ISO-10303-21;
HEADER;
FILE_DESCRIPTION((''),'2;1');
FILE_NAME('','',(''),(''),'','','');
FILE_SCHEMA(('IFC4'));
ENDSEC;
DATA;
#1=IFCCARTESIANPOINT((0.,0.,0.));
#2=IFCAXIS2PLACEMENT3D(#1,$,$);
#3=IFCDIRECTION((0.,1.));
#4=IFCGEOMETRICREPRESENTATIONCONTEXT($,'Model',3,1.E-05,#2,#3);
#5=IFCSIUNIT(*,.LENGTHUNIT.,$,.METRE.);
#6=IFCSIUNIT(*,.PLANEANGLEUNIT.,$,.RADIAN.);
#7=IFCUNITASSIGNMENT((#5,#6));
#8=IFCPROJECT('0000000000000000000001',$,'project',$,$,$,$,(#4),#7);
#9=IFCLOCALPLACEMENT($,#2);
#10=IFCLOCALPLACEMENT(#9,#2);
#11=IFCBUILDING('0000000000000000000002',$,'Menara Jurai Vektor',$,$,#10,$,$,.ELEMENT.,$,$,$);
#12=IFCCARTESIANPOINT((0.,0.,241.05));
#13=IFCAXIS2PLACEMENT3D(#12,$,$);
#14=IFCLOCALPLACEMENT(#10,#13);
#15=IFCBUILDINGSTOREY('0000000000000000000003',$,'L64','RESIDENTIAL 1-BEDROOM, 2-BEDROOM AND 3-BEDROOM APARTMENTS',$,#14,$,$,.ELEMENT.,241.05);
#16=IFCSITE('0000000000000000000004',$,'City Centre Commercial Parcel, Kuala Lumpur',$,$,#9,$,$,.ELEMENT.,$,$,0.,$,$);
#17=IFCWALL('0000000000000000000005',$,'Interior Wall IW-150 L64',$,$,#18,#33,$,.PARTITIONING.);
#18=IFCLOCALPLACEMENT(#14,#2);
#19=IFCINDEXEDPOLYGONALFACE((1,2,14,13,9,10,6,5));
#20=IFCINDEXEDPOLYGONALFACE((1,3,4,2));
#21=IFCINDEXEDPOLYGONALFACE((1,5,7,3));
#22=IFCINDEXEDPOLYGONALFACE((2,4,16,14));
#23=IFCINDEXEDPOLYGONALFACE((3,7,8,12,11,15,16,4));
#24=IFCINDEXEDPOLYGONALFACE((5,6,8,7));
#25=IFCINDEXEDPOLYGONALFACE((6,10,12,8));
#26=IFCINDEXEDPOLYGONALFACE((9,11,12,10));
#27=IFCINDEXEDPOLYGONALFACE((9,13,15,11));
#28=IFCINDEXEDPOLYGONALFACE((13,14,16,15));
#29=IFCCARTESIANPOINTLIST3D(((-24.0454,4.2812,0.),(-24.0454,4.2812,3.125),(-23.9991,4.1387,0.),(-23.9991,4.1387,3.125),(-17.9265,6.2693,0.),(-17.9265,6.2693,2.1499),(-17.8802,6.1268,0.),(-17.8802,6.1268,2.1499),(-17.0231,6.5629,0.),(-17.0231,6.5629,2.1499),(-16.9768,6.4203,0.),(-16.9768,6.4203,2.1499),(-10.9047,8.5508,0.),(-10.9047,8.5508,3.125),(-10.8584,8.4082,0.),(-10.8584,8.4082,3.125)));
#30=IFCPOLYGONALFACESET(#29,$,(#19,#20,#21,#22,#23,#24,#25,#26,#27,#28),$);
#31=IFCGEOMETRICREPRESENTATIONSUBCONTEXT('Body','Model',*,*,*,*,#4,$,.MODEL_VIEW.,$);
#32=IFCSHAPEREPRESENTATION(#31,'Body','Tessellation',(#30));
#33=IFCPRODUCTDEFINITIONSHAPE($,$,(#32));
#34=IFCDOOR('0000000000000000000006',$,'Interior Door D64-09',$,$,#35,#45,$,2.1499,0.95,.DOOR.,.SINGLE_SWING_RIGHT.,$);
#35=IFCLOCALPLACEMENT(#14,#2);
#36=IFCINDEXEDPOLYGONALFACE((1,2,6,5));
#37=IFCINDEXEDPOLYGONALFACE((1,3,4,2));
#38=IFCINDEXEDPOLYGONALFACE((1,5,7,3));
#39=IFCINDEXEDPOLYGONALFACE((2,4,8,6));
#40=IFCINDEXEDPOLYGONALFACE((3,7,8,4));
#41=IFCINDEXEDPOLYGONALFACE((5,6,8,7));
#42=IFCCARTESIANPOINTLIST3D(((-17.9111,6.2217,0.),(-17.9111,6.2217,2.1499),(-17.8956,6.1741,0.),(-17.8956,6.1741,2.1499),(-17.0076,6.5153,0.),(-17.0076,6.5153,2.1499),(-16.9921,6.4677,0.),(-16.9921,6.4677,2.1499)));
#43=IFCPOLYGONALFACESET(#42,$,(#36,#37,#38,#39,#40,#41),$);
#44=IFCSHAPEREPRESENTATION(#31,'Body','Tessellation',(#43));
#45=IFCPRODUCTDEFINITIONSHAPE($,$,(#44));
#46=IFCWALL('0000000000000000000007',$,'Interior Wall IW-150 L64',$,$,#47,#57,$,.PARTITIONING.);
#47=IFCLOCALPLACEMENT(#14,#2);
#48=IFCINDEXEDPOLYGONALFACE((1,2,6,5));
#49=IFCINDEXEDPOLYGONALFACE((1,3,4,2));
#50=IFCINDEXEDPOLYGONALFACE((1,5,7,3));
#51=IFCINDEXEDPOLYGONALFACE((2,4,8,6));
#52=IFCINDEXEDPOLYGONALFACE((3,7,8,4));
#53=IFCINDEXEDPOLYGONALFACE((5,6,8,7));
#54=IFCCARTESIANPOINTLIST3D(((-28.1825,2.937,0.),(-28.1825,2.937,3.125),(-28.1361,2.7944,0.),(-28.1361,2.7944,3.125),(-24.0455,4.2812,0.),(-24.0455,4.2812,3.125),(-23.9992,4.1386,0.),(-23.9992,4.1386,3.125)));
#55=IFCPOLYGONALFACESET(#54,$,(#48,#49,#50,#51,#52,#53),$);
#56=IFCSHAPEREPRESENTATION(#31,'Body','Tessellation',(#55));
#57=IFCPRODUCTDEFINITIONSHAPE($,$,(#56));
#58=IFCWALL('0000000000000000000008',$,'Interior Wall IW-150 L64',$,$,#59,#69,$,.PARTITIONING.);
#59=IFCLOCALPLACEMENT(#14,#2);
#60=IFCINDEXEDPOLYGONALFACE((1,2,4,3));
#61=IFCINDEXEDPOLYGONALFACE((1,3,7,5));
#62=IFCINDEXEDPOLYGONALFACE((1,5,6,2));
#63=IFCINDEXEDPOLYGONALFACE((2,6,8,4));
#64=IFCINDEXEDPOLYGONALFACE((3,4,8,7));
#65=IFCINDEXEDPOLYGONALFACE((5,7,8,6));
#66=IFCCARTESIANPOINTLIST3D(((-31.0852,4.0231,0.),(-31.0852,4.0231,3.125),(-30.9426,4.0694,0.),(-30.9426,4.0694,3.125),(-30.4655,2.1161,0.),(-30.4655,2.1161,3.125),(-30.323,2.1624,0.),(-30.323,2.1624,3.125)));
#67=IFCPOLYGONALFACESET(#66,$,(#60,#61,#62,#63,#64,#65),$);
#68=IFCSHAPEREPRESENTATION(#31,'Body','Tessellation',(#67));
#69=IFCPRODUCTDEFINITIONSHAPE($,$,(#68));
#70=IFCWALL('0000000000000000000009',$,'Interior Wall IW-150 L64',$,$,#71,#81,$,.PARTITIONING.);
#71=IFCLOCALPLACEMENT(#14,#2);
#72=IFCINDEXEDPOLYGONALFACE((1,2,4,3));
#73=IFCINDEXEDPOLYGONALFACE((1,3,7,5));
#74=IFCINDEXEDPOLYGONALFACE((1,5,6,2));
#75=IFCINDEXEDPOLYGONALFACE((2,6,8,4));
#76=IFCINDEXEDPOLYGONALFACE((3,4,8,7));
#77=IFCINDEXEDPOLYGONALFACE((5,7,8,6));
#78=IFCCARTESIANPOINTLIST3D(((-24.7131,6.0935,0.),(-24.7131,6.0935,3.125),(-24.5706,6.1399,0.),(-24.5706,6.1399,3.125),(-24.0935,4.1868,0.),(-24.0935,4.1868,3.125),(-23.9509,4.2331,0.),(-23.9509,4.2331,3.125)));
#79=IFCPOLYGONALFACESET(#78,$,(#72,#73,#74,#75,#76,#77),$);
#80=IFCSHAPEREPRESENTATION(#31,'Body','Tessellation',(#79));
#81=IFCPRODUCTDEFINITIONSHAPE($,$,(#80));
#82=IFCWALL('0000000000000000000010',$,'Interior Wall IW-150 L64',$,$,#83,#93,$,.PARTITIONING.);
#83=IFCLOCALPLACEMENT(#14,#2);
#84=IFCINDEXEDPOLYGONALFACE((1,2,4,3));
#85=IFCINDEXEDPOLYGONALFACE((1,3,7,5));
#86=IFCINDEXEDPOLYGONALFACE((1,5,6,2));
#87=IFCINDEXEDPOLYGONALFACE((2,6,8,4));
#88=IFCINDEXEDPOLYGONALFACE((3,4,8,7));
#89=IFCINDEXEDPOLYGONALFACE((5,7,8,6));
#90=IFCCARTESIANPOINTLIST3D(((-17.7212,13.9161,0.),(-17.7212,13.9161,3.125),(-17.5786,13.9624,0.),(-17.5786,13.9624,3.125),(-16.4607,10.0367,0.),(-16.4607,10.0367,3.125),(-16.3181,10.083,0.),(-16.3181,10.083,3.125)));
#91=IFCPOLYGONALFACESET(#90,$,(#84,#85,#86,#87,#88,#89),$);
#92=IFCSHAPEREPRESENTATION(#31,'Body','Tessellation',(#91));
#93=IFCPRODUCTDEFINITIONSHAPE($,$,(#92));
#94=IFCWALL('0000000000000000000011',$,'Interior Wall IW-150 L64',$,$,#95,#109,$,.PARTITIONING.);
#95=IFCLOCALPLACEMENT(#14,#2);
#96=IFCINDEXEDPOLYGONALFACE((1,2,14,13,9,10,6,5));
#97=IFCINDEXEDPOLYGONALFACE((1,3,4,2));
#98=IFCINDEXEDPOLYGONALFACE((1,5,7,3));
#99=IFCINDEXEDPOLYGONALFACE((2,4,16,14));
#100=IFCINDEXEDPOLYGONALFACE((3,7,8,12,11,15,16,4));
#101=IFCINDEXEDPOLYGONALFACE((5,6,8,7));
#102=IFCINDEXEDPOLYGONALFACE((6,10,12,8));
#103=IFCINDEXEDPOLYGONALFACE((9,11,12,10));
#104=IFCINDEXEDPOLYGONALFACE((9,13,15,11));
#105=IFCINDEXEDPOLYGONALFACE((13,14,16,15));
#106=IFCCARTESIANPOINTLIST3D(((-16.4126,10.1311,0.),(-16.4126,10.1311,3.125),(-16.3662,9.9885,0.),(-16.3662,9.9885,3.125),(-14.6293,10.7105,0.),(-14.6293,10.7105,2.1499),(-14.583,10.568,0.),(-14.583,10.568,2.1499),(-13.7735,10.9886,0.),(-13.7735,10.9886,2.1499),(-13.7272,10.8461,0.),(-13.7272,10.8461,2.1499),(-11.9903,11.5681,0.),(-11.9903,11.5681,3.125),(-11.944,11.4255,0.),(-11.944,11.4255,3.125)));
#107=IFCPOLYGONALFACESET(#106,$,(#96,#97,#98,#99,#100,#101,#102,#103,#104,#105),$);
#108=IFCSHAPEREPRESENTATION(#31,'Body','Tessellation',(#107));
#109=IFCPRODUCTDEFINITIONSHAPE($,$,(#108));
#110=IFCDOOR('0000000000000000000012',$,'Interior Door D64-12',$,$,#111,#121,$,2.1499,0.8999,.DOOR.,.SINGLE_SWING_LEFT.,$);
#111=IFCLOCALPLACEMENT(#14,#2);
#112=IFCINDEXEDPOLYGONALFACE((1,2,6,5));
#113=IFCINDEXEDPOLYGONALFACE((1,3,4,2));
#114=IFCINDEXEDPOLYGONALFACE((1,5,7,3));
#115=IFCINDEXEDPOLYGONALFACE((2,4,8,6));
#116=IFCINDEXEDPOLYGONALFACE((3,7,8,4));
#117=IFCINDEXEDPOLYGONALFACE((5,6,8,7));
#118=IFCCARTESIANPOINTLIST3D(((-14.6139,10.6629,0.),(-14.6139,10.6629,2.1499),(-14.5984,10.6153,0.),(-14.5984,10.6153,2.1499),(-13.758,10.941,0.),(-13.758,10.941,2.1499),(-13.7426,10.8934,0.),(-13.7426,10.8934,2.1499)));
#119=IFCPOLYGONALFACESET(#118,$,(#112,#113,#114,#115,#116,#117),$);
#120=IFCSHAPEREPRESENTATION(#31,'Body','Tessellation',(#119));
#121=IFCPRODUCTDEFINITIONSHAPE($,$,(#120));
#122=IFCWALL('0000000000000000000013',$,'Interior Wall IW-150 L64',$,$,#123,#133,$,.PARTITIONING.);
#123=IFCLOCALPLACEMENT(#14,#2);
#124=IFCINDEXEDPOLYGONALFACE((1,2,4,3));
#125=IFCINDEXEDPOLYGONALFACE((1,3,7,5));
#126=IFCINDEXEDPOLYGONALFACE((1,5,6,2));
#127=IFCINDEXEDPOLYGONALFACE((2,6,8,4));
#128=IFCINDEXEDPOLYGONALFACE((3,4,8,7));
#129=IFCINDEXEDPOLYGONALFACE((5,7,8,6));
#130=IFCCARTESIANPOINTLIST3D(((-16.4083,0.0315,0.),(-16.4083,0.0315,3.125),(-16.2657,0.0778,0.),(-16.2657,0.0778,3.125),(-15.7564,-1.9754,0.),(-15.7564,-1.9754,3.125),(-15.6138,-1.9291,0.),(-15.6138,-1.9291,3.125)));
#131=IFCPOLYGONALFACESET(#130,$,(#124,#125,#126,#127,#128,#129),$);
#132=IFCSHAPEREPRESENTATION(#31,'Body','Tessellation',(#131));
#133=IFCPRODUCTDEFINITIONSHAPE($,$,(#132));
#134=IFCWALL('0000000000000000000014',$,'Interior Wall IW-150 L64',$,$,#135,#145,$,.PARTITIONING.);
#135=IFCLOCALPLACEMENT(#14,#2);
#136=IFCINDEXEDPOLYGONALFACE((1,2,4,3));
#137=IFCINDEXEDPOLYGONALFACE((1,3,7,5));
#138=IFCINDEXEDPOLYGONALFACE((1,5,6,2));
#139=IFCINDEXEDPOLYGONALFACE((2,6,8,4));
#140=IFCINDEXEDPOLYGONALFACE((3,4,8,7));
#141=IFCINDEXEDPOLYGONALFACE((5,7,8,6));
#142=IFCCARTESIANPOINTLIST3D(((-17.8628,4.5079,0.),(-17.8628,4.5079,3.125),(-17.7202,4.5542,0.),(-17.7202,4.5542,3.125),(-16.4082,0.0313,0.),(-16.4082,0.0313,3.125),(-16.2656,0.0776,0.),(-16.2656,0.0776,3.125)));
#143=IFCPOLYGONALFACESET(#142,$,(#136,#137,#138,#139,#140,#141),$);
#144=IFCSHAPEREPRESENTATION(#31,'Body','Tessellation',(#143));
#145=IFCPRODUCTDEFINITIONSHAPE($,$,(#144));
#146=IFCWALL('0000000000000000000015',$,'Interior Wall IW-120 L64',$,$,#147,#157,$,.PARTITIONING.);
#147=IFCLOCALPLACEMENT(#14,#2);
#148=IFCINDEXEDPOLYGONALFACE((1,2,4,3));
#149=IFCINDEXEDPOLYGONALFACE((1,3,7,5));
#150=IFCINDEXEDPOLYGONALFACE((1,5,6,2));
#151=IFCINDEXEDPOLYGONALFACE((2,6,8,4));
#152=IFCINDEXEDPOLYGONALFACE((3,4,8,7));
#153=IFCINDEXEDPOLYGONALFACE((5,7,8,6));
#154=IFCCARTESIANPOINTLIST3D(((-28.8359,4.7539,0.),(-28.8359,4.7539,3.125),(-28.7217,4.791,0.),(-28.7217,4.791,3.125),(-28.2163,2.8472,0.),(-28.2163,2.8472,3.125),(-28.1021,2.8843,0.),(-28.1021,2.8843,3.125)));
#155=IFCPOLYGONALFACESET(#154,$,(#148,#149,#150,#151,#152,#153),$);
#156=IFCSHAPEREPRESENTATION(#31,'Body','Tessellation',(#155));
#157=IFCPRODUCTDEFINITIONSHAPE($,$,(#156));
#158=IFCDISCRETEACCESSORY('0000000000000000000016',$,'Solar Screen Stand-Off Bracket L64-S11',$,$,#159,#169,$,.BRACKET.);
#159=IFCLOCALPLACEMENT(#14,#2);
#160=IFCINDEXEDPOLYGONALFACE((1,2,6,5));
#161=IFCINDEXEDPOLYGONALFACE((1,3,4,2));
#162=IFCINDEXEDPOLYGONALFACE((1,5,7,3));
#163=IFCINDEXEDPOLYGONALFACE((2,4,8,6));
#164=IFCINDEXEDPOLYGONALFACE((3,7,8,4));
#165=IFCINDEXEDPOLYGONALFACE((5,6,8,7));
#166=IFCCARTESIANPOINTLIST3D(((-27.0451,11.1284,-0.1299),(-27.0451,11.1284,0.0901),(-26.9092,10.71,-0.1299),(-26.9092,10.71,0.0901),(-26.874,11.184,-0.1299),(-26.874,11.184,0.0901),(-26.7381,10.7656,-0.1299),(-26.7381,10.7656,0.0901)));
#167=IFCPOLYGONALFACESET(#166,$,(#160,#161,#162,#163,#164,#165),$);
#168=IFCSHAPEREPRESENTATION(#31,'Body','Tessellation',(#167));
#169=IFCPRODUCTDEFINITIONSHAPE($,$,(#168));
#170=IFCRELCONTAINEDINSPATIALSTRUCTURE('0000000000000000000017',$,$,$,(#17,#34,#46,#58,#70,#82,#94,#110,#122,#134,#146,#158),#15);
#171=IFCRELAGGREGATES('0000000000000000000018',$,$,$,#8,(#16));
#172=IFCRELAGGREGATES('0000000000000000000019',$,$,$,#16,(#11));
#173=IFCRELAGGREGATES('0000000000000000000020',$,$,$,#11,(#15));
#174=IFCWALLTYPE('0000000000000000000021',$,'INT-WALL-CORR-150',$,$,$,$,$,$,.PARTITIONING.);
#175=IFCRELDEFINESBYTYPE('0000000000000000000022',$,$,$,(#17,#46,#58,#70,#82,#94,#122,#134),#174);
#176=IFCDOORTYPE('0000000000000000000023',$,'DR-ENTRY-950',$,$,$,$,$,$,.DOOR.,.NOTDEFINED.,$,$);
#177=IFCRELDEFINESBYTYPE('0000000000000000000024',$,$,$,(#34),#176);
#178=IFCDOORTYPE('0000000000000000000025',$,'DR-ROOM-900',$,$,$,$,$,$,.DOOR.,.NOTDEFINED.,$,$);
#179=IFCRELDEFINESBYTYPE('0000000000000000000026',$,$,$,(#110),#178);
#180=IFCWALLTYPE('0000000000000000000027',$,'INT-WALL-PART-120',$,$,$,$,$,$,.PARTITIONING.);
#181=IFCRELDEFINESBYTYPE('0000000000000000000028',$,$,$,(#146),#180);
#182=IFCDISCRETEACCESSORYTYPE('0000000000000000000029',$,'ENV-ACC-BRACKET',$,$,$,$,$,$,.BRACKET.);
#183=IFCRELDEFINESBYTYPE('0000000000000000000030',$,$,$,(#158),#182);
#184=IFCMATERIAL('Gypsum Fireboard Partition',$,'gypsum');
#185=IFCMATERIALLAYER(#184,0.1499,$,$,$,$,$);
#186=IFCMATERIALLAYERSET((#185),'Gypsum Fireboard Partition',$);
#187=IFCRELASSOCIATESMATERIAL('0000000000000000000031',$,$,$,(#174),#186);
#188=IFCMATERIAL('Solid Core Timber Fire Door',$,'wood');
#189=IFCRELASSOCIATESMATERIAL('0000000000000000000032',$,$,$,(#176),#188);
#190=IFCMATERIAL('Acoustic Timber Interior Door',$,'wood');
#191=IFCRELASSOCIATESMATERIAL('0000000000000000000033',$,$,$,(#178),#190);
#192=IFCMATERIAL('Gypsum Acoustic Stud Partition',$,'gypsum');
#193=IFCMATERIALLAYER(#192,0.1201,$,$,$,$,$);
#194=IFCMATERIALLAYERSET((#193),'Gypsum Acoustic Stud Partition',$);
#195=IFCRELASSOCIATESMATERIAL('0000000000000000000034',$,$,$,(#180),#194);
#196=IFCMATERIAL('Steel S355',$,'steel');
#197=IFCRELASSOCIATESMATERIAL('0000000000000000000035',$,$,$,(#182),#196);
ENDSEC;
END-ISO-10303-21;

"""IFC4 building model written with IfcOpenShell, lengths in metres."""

from ifc_helpers import new_model, si_unit, direction, frame, frame_2d, origin, origin_2d, place, context, subcontext, project, spatial, rectangle, extrude, material, layer, layer_set, type_object, element, fill, save


model = new_model("IFC4")

# Units and contexts
model_context = context("Model", 3, precision=1e-05, world=origin(), true_north=direction((0.0, 1.0)))
body_context = subcontext(model_context, "Body", "Model", "MODEL_VIEW")
ifc_project = project(units=[si_unit("LENGTHUNIT", "METRE"), si_unit("PLANEANGLEUNIT", "RADIAN")], contexts=[model_context])

# Site, building, storey
site_placement = place(None, origin())
site = spatial("IfcSite", under=ifc_project, at=site_placement, Name="City Centre Commercial Parcel, Kuala Lumpur", CompositionType="ELEMENT", RefElevation=0.0)
building_placement = place(site_placement, origin())
building = spatial("IfcBuilding", under=site, at=building_placement, Name="Menara Jurai Vektor", CompositionType="ELEMENT")
storey_placement = place(building_placement, frame((0.0, 0.0, 241.05)))
storey = spatial("IfcBuildingStorey", under=building, at=storey_placement, Name="L64", Description="RESIDENTIAL 1-BEDROOM, 2-BEDROOM AND 3-BEDROOM APARTMENTS", CompositionType="ELEMENT", Elevation=241.05)

# Shared definitions
ifc_material_1 = material(Name="Steel S355", Category="steel")

# Wall, opening, door
ifc_material_2 = material(Name="Gypsum Fireboard Partition", Category="gypsum")
ifc_layer_1 = layer(ifc_material_2, 0.1499)
ifc_layer_set_1 = layer_set([ifc_layer_1], Name="Gypsum Fireboard Partition")
wall_type_1 = type_object("IfcWallType", Name="INT-WALL-CORR-150", PredefinedType="PARTITIONING", material=ifc_layer_set_1)
wall_1_placement = place(storey_placement, frame((-24.0222, 4.21, 0.0), z_axis=(0.0, 0.0, 1.0), x_axis=(0.951059, 0.309009, 0.0)))
wall_1 = element("IfcWall", 1, at=wall_1_placement, inside=storey, type_object=wall_type_1, Name="Interior Wall IW-150 L64", PredefinedType="PARTITIONING", context=body_context, shape_type="SweptSolid", body=[
    extrude(rectangle(XDim=13.8169, YDim=0.1499, at=frame_2d((6.9084, 0.0))), origin(), (0.0, 0.0, 1.0), 3.125),
])
opening_1_placement = place(wall_1_placement, frame((6.4336, 0.0, 0.0)))
opening_1 = element("IfcOpeningElement", 2, at=opening_1_placement, cuts=wall_1, PredefinedType="OPENING", context=body_context, shape_type="SweptSolid", body=[
    extrude(rectangle(XDim=0.95, YDim=2.1499, at=frame_2d((0.4751, 1.075))), frame((0.0, 0.085, 0.0), z_axis=(0.0, -1.0, 0.0), x_axis=(1.0, 0.0, 0.0)), (0.0, 0.0, 1.0), 0.1699),
])
ifc_material_3 = material(Name="Solid Core Timber Fire Door", Category="wood")
door_type_1 = type_object("IfcDoorType", Name="DR-ENTRY-950", OperationType="NOTDEFINED", PredefinedType="DOOR", material=ifc_material_3)
door_1_placement = place(opening_1_placement, origin())
door_1 = element("IfcDoor", 3, at=door_1_placement, inside=storey, type_object=door_type_1, Name="Interior Door D64-09", OperationType="SINGLE_SWING_RIGHT", OverallHeight=2.1499, OverallWidth=0.95, PredefinedType="DOOR", context=body_context, shape_type="SweptSolid", body=[
    extrude(rectangle(XDim=0.95, YDim=2.1499, at=frame_2d((0.4751, 1.075))), frame((0.0, 0.0249, 0.0), z_axis=(0.0, -1.0, 0.0), x_axis=(1.0, 0.0, 0.0)), (0.0, 0.0, 1.0), 0.05),
])
fill(opening_1, door_1)

# Wall
wall_2_placement = place(storey_placement, frame((-28.1592, 2.8657, 0.0), z_axis=(0.0, 0.0, 1.0), x_axis=(0.951053, 0.309029, 0.0)))
element("IfcWall", 4, at=wall_2_placement, inside=storey, type_object=wall_type_1, Name="Interior Wall IW-150 L64", PredefinedType="PARTITIONING", context=body_context, shape_type="SweptSolid", body=[
    extrude(rectangle(XDim=4.3499, YDim=0.1499, at=frame_2d((2.1748, 0.0))), origin(), (0.0, 0.0, 1.0), 3.125),
])

# Wall
wall_3_placement = place(storey_placement, frame((-30.3943, 2.1394, 0.0), z_axis=(0.0, 0.0, 1.0), x_axis=(-0.309023, 0.951055, 0.0)))
element("IfcWall", 5, at=wall_3_placement, inside=storey, type_object=wall_type_1, Name="Interior Wall IW-150 L64", PredefinedType="PARTITIONING", context=body_context, shape_type="SweptSolid", body=[
    extrude(rectangle(XDim=2.0051, YDim=0.1499, at=frame_2d((1.0024, 0.0))), origin(), (0.0, 0.0, 1.0), 3.125),
])

# Shared definitions
ifc_material_4 = material(Name="Acoustic Timber Interior Door", Category="wood")
door_type_2 = type_object("IfcDoorType", Name="DR-ROOM-900", OperationType="NOTDEFINED", PredefinedType="DOOR", material=ifc_material_4)

# Walls
wall_4_placement = place(storey_placement, frame((-24.0222, 4.21, 0.0), z_axis=(0.0, 0.0, 1.0), x_axis=(-0.309059, 0.951043, 0.0)))
element("IfcWall", 6, at=wall_4_placement, inside=storey, type_object=wall_type_1, Name="Interior Wall IW-150 L64", PredefinedType="PARTITIONING", context=body_context, shape_type="SweptSolid", body=[
    extrude(rectangle(XDim=2.0049, YDim=0.1499, at=frame_2d((1.0024, 0.0))), origin(), (0.0, 0.0, 1.0), 3.125),
])
wall_5_placement = place(storey_placement, frame((-16.3894, 10.0598, 0.0), z_axis=(0.0, 0.0, 1.0), x_axis=(-0.309018, 0.951056, 0.0)))
element("IfcWall", 7, at=wall_5_placement, inside=storey, type_object=wall_type_1, Name="Interior Wall IW-150 L64", PredefinedType="PARTITIONING", context=body_context, shape_type="SweptSolid", body=[
    extrude(rectangle(XDim=4.0791, YDim=0.1499, at=frame_2d((2.0396, 0.0))), origin(), (0.0, 0.0, 1.0), 3.125),
])

# Wall, opening, door
wall_6_placement = place(storey_placement, frame((-16.3894, 10.0598, 0.0), z_axis=(0.0, 0.0, 1.0), x_axis=(0.95105, 0.309036, 0.0)))
wall_6 = element("IfcWall", 8, at=wall_6_placement, inside=storey, type_object=wall_type_1, Name="Interior Wall IW-150 L64", PredefinedType="PARTITIONING", context=body_context, shape_type="SweptSolid", body=[
    extrude(rectangle(XDim=4.6499, YDim=0.1499, at=frame_2d((2.325, 0.0))), origin(), (0.0, 0.0, 1.0), 3.125),
])
opening_2_placement = place(wall_6_placement, frame((1.875, 0.0, 0.0)))
opening_2 = element("IfcOpeningElement", 9, at=opening_2_placement, cuts=wall_6, PredefinedType="OPENING", context=body_context, shape_type="SweptSolid", body=[
    extrude(rectangle(XDim=0.8999, YDim=2.1499, at=frame_2d((0.45, 1.075))), frame((0.0, 0.085, 0.0), z_axis=(0.0, -1.0, 0.0), x_axis=(1.0, 0.0, 0.0)), (0.0, 0.0, 1.0), 0.1699),
])
door_2_placement = place(opening_2_placement, origin())
door_2 = element("IfcDoor", 10, at=door_2_placement, inside=storey, type_object=door_type_2, Name="Interior Door D64-12", OperationType="SINGLE_SWING_LEFT", OverallHeight=2.1499, OverallWidth=0.8999, PredefinedType="DOOR", context=body_context, shape_type="SweptSolid", body=[
    extrude(rectangle(XDim=0.8999, YDim=2.1499, at=frame_2d((0.45, 1.075))), frame((0.0, 0.0249, 0.0), z_axis=(0.0, -1.0, 0.0), x_axis=(1.0, 0.0, 0.0)), (0.0, 0.0, 1.0), 0.05),
])
fill(opening_2, door_2)

# Walls
wall_7_placement = place(storey_placement, frame((-15.6851, -1.9524, 0.0), z_axis=(0.0, 0.0, 1.0), x_axis=(-0.308929, 0.951085, 0.0)))
element("IfcWall", 11, at=wall_7_placement, inside=storey, type_object=wall_type_1, Name="Interior Wall IW-150 L64", PredefinedType="PARTITIONING", context=body_context, shape_type="SweptSolid", body=[
    extrude(rectangle(XDim=2.1101, YDim=0.1499, at=frame_2d((1.0552, 0.0))), origin(), (0.0, 0.0, 1.0), 3.125),
])
wall_8_placement = place(storey_placement, frame((-16.3369, 0.0544, 0.0), z_axis=(0.0, 0.0, 1.0), x_axis=(-0.30903, 0.951052, 0.0)))
element("IfcWall", 12, at=wall_8_placement, inside=storey, type_object=wall_type_1, Name="Interior Wall IW-150 L64", PredefinedType="PARTITIONING", context=body_context, shape_type="SweptSolid", body=[
    extrude(rectangle(XDim=4.707, YDim=0.1499, at=frame_2d((2.3535, 0.0))), origin(), (0.0, 0.0, 1.0), 3.125),
])
ifc_material_5 = material(Name="Gypsum Acoustic Stud Partition", Category="gypsum")
ifc_layer_2 = layer(ifc_material_5, 0.1201)
ifc_layer_set_2 = layer_set([ifc_layer_2], Name="Gypsum Acoustic Stud Partition")
wall_type_2 = type_object("IfcWallType", Name="INT-WALL-PART-120", PredefinedType="PARTITIONING", material=ifc_layer_set_2)
wall_9_placement = place(storey_placement, frame((-28.1592, 2.8657, 0.0), z_axis=(0.0, 0.0, 1.0), x_axis=(-0.309059, 0.951043, 0.0)))
element("IfcWall", 13, at=wall_9_placement, inside=storey, type_object=wall_type_2, Name="Interior Wall IW-120 L64", PredefinedType="PARTITIONING", context=body_context, shape_type="SweptSolid", body=[
    extrude(rectangle(XDim=2.0049, YDim=0.1201, at=frame_2d((1.0024, 0.0))), origin(), (0.0, 0.0, 1.0), 3.125),
])

# Discrete accessory
discrete_accessory_type = type_object("IfcDiscreteAccessoryType", Name="ENV-ACC-BRACKET", PredefinedType="BRACKET", material=ifc_material_1)
discrete_accessory_placement = place(storey_placement, frame((-26.8916, 10.947, -0.1299), z_axis=(0.0, 0.0, 1.0), x_axis=(-0.951057, -0.309017, 0.0)))
element("IfcDiscreteAccessory", 14, at=discrete_accessory_placement, inside=storey, type_object=discrete_accessory_type, Name="Solar Screen Stand-Off Bracket L64-S11", PredefinedType="BRACKET", context=body_context, shape_type="SweptSolid", body=[
    extrude(rectangle(XDim=0.1799, YDim=0.4399, at=origin_2d()), origin(), (0.0, 0.0, 1.0), 0.22),
])

save(model, "model.ifc")
